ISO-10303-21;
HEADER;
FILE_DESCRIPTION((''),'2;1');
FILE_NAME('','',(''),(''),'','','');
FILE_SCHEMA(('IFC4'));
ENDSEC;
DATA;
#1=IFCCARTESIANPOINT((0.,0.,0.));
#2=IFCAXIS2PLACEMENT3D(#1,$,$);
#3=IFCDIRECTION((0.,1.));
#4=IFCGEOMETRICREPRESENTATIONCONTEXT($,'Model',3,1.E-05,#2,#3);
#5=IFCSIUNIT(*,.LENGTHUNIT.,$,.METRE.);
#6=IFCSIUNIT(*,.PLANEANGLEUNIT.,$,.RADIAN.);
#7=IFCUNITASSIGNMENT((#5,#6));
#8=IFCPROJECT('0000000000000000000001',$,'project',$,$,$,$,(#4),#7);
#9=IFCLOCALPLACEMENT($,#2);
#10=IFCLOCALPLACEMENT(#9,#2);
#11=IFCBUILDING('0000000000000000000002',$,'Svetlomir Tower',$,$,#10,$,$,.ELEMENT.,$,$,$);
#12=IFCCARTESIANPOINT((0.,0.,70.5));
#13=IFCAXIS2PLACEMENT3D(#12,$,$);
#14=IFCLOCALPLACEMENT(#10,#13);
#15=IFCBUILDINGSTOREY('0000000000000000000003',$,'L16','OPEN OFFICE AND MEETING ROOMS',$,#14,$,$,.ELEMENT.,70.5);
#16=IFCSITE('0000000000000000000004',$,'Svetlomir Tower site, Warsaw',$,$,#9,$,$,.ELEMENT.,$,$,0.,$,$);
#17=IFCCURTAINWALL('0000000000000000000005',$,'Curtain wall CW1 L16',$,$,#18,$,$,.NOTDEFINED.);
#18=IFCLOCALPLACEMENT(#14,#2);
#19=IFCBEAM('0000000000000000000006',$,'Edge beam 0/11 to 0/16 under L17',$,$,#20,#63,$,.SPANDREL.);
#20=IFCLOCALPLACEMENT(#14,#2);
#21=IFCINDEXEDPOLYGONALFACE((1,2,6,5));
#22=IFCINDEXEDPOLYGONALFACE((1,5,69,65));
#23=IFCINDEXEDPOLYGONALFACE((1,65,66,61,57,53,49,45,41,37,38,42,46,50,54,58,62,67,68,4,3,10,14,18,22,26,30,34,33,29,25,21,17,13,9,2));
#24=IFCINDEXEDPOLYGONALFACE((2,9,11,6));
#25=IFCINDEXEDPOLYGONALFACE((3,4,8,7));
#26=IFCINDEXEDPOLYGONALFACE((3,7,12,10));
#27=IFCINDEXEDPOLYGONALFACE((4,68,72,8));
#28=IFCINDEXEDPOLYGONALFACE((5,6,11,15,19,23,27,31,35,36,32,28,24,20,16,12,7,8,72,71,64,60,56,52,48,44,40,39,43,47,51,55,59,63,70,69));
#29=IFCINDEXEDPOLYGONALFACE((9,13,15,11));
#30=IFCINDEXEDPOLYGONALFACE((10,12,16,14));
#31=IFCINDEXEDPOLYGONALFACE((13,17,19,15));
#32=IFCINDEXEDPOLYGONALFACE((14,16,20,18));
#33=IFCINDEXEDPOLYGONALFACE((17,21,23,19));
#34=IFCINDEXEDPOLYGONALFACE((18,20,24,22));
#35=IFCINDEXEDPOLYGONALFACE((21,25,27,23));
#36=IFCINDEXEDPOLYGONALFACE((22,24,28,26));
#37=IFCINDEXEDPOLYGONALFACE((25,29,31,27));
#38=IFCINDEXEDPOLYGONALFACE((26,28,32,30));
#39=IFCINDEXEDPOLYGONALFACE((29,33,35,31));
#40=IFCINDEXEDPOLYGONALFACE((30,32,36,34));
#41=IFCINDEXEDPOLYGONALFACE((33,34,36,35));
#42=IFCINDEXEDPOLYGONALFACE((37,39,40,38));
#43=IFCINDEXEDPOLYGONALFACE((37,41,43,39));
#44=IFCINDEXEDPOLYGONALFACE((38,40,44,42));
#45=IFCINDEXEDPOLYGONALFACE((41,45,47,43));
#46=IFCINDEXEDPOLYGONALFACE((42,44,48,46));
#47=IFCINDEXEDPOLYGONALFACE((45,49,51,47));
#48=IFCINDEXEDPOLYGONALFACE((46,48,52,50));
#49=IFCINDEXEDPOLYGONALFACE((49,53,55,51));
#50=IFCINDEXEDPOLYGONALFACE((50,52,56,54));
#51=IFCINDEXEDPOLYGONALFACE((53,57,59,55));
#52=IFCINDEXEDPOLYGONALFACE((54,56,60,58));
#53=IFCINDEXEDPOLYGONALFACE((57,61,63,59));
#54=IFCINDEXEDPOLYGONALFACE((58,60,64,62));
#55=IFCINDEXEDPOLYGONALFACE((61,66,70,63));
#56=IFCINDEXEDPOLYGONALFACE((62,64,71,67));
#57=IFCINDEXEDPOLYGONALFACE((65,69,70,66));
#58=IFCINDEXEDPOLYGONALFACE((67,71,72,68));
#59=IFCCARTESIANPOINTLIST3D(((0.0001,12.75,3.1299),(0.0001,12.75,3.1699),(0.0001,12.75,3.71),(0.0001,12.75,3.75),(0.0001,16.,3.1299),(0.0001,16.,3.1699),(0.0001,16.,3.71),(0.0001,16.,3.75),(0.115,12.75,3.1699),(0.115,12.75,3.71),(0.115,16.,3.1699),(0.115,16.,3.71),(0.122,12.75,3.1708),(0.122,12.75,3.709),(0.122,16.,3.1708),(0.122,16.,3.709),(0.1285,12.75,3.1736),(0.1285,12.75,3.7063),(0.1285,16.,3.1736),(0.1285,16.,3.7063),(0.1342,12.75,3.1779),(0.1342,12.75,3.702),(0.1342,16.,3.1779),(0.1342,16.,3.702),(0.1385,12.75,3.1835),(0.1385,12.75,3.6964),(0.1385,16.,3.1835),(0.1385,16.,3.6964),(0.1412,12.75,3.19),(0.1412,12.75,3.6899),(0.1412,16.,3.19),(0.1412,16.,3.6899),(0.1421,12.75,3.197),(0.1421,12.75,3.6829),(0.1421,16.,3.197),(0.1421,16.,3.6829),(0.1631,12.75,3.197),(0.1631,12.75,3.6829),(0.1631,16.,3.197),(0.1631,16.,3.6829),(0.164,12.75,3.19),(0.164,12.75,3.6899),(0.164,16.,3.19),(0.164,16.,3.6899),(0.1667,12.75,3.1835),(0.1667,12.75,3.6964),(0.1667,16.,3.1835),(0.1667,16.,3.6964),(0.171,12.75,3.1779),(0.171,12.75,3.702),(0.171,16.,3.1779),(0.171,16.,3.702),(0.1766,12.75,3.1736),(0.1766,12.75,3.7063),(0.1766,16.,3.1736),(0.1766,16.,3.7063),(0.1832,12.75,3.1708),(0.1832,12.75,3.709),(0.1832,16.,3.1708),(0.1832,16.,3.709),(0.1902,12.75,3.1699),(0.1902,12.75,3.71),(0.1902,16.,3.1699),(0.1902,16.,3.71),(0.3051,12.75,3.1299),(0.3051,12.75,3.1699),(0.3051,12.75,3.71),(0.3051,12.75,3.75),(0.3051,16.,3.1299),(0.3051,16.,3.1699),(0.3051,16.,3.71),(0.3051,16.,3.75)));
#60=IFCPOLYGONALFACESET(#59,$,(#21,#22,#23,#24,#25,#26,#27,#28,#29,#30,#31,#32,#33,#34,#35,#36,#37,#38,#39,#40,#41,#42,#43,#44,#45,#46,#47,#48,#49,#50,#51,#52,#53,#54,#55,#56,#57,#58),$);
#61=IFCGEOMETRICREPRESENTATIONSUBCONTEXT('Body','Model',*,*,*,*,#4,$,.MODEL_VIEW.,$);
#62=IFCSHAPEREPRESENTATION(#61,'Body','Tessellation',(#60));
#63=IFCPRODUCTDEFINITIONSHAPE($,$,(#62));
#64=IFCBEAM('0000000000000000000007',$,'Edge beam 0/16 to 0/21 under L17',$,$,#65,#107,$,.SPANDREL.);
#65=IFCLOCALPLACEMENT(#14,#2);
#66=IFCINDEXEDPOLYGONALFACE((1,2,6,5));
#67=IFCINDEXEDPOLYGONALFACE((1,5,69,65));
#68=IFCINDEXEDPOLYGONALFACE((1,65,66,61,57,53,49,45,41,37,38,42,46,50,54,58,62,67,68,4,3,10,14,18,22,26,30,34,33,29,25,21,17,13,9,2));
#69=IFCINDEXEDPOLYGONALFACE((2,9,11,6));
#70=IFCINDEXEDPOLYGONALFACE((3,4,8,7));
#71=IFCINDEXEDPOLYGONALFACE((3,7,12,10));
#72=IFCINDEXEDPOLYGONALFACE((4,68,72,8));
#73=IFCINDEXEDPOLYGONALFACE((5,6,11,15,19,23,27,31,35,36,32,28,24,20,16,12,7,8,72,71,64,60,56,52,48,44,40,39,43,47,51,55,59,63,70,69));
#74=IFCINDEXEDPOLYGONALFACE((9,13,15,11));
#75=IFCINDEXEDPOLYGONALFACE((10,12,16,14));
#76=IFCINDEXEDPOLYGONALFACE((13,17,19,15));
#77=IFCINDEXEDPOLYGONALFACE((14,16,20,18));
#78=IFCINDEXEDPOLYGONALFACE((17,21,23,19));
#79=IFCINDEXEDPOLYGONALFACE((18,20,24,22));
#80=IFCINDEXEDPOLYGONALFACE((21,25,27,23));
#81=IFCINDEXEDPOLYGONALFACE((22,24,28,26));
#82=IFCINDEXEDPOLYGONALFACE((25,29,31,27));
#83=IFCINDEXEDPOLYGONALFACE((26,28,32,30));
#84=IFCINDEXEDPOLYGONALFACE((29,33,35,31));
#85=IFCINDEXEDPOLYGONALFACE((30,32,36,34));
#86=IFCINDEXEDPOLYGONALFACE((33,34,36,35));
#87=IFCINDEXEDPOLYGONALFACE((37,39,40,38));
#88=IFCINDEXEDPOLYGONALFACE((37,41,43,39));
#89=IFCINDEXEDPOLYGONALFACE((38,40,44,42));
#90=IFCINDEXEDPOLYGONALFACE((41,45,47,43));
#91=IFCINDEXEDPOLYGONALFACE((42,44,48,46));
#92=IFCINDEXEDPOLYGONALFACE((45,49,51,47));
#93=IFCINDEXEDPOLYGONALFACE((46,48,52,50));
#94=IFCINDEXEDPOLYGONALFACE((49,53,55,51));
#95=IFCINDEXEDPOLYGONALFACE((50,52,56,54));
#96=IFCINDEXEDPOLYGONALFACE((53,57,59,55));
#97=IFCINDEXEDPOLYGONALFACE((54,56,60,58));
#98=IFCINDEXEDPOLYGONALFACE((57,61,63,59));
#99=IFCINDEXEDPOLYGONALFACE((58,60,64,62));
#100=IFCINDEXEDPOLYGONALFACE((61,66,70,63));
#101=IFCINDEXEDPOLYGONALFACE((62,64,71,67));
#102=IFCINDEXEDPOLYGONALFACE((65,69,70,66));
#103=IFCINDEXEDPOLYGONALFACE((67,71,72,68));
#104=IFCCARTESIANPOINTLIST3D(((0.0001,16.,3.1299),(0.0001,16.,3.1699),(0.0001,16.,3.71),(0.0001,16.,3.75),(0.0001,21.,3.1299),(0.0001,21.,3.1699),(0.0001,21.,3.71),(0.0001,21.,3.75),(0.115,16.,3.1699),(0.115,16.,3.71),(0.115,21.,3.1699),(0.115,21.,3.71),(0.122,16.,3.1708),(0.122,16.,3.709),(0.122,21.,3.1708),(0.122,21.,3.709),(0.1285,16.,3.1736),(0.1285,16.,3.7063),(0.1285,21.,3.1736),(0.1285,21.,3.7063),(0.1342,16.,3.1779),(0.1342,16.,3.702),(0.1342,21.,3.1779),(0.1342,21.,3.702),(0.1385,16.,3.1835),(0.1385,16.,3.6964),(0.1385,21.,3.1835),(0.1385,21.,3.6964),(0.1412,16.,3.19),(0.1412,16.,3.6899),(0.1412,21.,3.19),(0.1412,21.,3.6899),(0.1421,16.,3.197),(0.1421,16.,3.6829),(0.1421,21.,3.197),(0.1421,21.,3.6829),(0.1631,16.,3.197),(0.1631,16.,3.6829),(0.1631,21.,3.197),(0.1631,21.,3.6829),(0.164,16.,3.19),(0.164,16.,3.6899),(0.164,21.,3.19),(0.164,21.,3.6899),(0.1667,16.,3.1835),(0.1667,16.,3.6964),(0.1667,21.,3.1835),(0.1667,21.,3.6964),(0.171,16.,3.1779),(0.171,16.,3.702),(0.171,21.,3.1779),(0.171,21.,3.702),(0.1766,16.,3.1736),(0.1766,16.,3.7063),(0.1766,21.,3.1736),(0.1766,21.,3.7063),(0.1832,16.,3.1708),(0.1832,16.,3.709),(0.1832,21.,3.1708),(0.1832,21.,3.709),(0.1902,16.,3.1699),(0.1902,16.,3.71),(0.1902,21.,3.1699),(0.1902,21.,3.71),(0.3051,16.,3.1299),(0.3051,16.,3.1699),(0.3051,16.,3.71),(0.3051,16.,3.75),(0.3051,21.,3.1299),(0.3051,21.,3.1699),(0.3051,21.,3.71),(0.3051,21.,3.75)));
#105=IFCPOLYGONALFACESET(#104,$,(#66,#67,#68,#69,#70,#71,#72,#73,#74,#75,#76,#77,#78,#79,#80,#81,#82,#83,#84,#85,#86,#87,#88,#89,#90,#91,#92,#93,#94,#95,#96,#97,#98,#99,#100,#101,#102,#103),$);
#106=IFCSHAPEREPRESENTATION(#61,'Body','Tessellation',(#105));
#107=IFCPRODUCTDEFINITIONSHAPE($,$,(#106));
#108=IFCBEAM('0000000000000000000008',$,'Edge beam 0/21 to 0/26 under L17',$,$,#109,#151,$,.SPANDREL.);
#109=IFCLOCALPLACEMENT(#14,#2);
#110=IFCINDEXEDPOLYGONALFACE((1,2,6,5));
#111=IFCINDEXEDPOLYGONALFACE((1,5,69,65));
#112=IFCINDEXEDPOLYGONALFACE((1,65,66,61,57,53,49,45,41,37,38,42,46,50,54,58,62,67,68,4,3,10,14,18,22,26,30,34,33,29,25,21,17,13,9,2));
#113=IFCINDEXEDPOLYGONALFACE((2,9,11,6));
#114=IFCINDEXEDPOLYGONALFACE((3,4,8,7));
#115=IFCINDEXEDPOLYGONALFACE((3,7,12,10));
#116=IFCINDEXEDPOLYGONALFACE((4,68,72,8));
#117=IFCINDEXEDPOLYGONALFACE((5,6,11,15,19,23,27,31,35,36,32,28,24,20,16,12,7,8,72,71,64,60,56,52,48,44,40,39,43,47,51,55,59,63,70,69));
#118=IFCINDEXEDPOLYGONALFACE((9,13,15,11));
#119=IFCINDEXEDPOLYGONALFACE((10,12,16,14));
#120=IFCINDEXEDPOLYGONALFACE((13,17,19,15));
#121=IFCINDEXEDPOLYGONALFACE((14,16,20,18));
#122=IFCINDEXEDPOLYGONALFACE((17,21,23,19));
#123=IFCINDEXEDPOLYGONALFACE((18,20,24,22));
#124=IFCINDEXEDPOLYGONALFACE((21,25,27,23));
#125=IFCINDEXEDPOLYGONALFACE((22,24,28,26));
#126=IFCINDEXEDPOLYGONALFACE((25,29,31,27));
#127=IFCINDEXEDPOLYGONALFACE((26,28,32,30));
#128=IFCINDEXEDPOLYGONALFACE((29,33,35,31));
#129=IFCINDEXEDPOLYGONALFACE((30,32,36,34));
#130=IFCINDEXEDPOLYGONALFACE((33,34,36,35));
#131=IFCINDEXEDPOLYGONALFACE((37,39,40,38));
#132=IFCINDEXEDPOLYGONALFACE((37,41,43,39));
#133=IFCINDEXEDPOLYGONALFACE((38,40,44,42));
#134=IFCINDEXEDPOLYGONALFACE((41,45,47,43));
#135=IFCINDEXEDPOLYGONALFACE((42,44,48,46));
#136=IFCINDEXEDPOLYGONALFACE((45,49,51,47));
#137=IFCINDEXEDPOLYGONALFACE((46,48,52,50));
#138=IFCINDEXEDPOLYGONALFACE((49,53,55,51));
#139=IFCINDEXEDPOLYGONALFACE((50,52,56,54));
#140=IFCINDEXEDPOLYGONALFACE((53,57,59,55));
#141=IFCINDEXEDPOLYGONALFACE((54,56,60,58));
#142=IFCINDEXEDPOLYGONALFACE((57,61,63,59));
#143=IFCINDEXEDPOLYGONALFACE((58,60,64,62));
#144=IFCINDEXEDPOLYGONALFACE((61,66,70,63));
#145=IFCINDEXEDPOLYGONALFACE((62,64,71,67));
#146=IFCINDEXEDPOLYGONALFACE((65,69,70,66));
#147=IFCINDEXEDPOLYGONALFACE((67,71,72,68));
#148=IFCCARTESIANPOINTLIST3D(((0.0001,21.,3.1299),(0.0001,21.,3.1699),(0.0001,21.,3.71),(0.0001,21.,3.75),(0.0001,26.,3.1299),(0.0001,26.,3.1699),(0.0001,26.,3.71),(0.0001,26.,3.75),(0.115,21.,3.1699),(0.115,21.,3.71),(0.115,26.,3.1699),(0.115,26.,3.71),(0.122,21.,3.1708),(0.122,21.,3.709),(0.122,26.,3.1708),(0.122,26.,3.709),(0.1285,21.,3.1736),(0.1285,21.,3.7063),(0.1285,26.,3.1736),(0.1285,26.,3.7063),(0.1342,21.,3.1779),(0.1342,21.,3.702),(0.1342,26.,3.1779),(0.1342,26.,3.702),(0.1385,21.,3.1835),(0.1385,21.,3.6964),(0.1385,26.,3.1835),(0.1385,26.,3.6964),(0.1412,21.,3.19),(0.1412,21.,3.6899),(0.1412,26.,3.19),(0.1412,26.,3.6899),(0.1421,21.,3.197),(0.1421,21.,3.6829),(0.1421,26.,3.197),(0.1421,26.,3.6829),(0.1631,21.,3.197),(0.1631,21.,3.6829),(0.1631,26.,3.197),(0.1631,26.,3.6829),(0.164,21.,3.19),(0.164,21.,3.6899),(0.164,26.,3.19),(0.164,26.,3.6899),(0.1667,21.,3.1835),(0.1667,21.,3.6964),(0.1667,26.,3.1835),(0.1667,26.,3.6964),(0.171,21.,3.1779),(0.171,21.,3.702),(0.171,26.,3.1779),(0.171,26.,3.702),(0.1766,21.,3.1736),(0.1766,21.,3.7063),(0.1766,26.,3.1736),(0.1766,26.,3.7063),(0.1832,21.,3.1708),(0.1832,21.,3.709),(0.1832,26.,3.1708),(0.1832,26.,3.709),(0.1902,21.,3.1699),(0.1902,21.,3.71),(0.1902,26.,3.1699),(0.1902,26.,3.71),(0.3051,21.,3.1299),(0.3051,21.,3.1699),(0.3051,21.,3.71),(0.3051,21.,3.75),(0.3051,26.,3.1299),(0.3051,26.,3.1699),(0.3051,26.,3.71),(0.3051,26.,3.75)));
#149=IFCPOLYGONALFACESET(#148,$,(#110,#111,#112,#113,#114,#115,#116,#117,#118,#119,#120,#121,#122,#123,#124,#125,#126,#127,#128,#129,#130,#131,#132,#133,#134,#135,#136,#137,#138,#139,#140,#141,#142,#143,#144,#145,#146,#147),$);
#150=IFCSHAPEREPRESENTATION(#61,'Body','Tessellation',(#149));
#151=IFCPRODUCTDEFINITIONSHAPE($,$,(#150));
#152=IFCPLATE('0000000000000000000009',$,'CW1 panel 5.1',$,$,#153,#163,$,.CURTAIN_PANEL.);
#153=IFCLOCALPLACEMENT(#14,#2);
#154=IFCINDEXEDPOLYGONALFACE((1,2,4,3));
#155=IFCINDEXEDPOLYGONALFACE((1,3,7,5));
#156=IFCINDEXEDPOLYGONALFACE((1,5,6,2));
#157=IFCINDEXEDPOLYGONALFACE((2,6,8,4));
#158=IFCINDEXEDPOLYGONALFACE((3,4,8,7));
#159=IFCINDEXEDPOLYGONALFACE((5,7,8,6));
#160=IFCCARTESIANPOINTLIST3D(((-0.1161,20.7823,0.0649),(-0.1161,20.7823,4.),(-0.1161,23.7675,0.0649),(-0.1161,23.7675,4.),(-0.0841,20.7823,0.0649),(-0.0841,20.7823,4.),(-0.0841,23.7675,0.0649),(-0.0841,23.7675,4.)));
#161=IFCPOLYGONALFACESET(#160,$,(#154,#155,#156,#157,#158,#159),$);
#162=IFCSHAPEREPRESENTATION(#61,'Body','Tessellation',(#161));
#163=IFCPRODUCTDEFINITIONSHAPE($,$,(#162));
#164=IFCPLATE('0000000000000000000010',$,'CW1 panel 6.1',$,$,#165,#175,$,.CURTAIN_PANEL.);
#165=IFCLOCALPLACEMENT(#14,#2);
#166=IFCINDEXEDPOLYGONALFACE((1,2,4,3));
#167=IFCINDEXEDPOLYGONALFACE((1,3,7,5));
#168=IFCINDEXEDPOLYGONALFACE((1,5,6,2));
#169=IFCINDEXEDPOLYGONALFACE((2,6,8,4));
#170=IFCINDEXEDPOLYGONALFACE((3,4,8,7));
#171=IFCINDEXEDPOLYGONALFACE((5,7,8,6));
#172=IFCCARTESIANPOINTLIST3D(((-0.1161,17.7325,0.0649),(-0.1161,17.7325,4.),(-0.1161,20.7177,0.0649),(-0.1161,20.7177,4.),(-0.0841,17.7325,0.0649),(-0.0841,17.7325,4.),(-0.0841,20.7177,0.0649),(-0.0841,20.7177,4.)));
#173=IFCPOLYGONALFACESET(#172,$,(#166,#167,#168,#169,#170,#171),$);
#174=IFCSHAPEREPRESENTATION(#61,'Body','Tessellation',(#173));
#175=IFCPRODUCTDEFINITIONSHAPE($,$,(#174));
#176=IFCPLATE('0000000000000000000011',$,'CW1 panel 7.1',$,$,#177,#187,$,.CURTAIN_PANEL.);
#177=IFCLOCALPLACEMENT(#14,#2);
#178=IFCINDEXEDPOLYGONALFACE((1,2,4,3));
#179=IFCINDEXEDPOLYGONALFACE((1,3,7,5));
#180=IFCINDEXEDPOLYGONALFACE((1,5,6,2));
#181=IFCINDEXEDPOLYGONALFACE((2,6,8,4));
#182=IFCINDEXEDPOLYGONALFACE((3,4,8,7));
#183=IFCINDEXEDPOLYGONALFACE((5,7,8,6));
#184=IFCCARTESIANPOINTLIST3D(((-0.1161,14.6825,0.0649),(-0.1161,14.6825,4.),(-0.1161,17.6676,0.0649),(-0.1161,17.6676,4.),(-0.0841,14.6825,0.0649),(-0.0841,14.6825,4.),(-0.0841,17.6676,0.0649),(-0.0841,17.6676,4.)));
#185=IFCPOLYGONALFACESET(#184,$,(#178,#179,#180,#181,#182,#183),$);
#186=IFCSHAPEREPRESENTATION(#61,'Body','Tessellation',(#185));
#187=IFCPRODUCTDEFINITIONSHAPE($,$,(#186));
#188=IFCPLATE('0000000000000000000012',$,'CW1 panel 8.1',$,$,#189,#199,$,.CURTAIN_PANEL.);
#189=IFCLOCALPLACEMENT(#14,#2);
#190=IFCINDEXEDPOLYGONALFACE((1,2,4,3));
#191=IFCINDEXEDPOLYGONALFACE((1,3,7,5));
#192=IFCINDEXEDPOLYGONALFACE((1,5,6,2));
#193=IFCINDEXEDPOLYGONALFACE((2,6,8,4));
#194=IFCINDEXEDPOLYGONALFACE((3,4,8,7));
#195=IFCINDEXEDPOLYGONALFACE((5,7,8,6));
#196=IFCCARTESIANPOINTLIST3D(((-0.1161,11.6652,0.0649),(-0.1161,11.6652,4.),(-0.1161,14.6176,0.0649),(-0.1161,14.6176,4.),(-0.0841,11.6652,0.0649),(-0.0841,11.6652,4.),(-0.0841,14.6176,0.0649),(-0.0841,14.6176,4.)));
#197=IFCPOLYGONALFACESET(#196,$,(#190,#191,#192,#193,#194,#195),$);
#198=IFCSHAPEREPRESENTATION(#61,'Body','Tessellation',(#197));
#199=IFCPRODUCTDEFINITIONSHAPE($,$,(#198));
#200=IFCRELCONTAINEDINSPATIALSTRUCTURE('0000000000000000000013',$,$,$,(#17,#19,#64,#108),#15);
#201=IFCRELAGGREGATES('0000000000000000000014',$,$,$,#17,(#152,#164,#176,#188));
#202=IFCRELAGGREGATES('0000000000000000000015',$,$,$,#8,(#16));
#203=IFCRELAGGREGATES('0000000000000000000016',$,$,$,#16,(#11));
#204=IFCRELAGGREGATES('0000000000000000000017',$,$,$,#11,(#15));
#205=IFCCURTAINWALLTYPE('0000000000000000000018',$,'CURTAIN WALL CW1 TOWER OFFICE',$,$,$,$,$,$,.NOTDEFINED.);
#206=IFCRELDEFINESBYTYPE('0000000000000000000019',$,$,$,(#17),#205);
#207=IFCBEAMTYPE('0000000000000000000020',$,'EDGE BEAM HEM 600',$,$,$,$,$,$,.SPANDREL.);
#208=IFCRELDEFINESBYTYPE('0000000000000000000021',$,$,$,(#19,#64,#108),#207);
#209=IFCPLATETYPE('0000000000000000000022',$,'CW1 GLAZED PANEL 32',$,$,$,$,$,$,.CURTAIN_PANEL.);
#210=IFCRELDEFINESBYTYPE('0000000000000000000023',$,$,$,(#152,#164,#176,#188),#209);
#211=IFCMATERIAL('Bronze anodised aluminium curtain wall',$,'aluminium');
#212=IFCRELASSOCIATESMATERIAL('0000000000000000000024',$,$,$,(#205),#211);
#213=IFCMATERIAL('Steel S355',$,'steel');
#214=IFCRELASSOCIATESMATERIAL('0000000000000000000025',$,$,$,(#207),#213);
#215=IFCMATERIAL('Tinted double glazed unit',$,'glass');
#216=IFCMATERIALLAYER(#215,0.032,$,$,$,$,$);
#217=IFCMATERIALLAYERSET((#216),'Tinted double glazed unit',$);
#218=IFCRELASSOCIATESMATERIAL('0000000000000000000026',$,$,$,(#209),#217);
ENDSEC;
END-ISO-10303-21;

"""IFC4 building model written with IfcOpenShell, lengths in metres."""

from ifc_helpers import new_model, si_unit, direction, frame, origin, origin_2d, place, context, subcontext, project, spatial, rectangle, i_section, extrude, material, layer, layer_set, material_profile, profile_set, type_object, element, aggregate, save


model = new_model("IFC4")

# Units and contexts
model_context = context("Model", 3, precision=1e-05, world=origin(), true_north=direction((0.0, 1.0)))
body_context = subcontext(model_context, "Body", "Model", "MODEL_VIEW")
ifc_project = project(units=[si_unit("LENGTHUNIT", "METRE"), si_unit("PLANEANGLEUNIT", "RADIAN")], contexts=[model_context])

# Site, building, storey
site_placement = place(None, origin())
site = spatial("IfcSite", under=ifc_project, at=site_placement, Name="Svetlomir Tower site, Warsaw", CompositionType="ELEMENT", RefElevation=0.0)
building_placement = place(site_placement, origin())
building = spatial("IfcBuilding", under=site, at=building_placement, Name="Svetlomir Tower", CompositionType="ELEMENT")
storey_placement = place(building_placement, frame((0.0, 0.0, 70.5)))
storey = spatial("IfcBuildingStorey", under=building, at=storey_placement, Name="L16", Description="OPEN OFFICE AND MEETING ROOMS", CompositionType="ELEMENT", Elevation=70.5)

# Curtain wall
ifc_material_1 = material(Name="Bronze anodised aluminium curtain wall", Category="aluminium")
curtain_wall_type = type_object("IfcCurtainWallType", Name="CURTAIN WALL CW1 TOWER OFFICE", PredefinedType="NOTDEFINED", material=ifc_material_1)
curtain_wall_placement = place(storey_placement, origin())
curtain_wall = element("IfcCurtainWall", 1, at=curtain_wall_placement, inside=storey, type_object=curtain_wall_type, Name="Curtain wall CW1 L16", PredefinedType="NOTDEFINED")

# Beams
ifc_material_2 = material(Name="Steel S355", Category="steel")
ifc_material_profile_1 = material_profile(ifc_material_2, i_section(OverallWidth=0.3049, OverallDepth=0.6201, WebThickness=0.021, FlangeThickness=0.04, FilletRadius=0.0271, at=origin_2d()), Name="HEM 600")
ifc_profile_set_1 = profile_set([ifc_material_profile_1], Name="Steel S355")
beam_type = type_object("IfcBeamType", Name="EDGE BEAM HEM 600", PredefinedType="SPANDREL", material=ifc_profile_set_1)
beam_placement = place(storey_placement, frame((0.1526, 12.75, 3.4399), z_axis=(0.0, 1.0, 0.0), x_axis=(-1.0, 0.0, 0.0)))
element("IfcBeam", 2, at=beam_placement, inside=storey, type_object=beam_type, Name="Edge beam 0/11 to 0/16 under L17", PredefinedType="SPANDREL", context=body_context, shape_type="SweptSolid", body=[
    extrude(i_section(OverallWidth=0.3049, OverallDepth=0.6201, WebThickness=0.021, FlangeThickness=0.04, FilletRadius=0.0271, at=origin_2d()), origin(), (0.0, 0.0, 1.0), 3.25),
])
for number, where, z_axis, x_axis, name in (
    (3, (0.1526, 16.0, 3.4399), (0.0, 1.0, 0.0), (-1.0, 0.0, 0.0), "Edge beam 0/16 to 0/21 under L17"),
    (4, (0.1526, 21.0, 3.4399), (0.0, 1.0, 0.0), (-1.0, 0.0, 0.0), "Edge beam 0/21 to 0/26 under L17"),
):
    element("IfcBeam", number, at=place(storey_placement, frame(where, z_axis=z_axis, x_axis=x_axis)), inside=storey, type_object=beam_type, Name=name, PredefinedType="SPANDREL", context=body_context, shape_type="SweptSolid", body=[
        extrude(i_section(OverallWidth=0.3049, OverallDepth=0.6201, WebThickness=0.021, FlangeThickness=0.04, FilletRadius=0.0271, at=origin_2d()), origin(), (0.0, 0.0, 1.0), 5.0),
    ])

# Plates
ifc_material_3 = material(Name="Tinted double glazed unit", Category="glass")
ifc_layer_1 = layer(ifc_material_3, 0.032)
ifc_layer_set_1 = layer_set([ifc_layer_1], Name="Tinted double glazed unit")
plate_type = type_object("IfcPlateType", Name="CW1 GLAZED PANEL 32", PredefinedType="CURTAIN_PANEL", material=ifc_layer_set_1)
plate_1_placement = place(storey_placement, frame((-0.1001, 22.2749, 0.0649), z_axis=(0.0, 0.0, 1.0), x_axis=(0.0, -1.0, 0.0)))
plate_1 = element("IfcPlate", 5, at=plate_1_placement, type_object=plate_type, Name="CW1 panel 5.1", PredefinedType="CURTAIN_PANEL", context=body_context, shape_type="SweptSolid", body=[
    extrude(rectangle(XDim=2.9851, YDim=0.032, at=origin_2d()), origin(), (0.0, 0.0, 1.0), 3.9351),
])
plate_2_placement = place(storey_placement, frame((-0.1001, 19.2251, 0.0649), z_axis=(0.0, 0.0, 1.0), x_axis=(0.0, -1.0, 0.0)))
plate_2 = element("IfcPlate", 6, at=plate_2_placement, type_object=plate_type, Name="CW1 panel 6.1", PredefinedType="CURTAIN_PANEL", context=body_context, shape_type="SweptSolid", body=[
    extrude(rectangle(XDim=2.9851, YDim=0.032, at=origin_2d()), origin(), (0.0, 0.0, 1.0), 3.9351),
])
plate_3_placement = place(storey_placement, frame((-0.1001, 16.175, 0.0649), z_axis=(0.0, 0.0, 1.0), x_axis=(0.0, -1.0, 0.0)))
plate_3 = element("IfcPlate", 7, at=plate_3_placement, type_object=plate_type, Name="CW1 panel 7.1", PredefinedType="CURTAIN_PANEL", context=body_context, shape_type="SweptSolid", body=[
    extrude(rectangle(XDim=2.9851, YDim=0.032, at=origin_2d()), origin(), (0.0, 0.0, 1.0), 3.9351),
])
plate_4_placement = place(storey_placement, frame((-0.1001, 13.1414, 0.0649), z_axis=(0.0, 0.0, 1.0), x_axis=(0.0, -1.0, 0.0)))
plate_4 = element("IfcPlate", 8, at=plate_4_placement, type_object=plate_type, Name="CW1 panel 8.1", PredefinedType="CURTAIN_PANEL", context=body_context, shape_type="SweptSolid", body=[
    extrude(rectangle(XDim=2.9524, YDim=0.032, at=origin_2d()), origin(), (0.0, 0.0, 1.0), 3.9351),
])
aggregate(curtain_wall, [plate_1, plate_2, plate_3, plate_4])

save(model, "model.ifc")
